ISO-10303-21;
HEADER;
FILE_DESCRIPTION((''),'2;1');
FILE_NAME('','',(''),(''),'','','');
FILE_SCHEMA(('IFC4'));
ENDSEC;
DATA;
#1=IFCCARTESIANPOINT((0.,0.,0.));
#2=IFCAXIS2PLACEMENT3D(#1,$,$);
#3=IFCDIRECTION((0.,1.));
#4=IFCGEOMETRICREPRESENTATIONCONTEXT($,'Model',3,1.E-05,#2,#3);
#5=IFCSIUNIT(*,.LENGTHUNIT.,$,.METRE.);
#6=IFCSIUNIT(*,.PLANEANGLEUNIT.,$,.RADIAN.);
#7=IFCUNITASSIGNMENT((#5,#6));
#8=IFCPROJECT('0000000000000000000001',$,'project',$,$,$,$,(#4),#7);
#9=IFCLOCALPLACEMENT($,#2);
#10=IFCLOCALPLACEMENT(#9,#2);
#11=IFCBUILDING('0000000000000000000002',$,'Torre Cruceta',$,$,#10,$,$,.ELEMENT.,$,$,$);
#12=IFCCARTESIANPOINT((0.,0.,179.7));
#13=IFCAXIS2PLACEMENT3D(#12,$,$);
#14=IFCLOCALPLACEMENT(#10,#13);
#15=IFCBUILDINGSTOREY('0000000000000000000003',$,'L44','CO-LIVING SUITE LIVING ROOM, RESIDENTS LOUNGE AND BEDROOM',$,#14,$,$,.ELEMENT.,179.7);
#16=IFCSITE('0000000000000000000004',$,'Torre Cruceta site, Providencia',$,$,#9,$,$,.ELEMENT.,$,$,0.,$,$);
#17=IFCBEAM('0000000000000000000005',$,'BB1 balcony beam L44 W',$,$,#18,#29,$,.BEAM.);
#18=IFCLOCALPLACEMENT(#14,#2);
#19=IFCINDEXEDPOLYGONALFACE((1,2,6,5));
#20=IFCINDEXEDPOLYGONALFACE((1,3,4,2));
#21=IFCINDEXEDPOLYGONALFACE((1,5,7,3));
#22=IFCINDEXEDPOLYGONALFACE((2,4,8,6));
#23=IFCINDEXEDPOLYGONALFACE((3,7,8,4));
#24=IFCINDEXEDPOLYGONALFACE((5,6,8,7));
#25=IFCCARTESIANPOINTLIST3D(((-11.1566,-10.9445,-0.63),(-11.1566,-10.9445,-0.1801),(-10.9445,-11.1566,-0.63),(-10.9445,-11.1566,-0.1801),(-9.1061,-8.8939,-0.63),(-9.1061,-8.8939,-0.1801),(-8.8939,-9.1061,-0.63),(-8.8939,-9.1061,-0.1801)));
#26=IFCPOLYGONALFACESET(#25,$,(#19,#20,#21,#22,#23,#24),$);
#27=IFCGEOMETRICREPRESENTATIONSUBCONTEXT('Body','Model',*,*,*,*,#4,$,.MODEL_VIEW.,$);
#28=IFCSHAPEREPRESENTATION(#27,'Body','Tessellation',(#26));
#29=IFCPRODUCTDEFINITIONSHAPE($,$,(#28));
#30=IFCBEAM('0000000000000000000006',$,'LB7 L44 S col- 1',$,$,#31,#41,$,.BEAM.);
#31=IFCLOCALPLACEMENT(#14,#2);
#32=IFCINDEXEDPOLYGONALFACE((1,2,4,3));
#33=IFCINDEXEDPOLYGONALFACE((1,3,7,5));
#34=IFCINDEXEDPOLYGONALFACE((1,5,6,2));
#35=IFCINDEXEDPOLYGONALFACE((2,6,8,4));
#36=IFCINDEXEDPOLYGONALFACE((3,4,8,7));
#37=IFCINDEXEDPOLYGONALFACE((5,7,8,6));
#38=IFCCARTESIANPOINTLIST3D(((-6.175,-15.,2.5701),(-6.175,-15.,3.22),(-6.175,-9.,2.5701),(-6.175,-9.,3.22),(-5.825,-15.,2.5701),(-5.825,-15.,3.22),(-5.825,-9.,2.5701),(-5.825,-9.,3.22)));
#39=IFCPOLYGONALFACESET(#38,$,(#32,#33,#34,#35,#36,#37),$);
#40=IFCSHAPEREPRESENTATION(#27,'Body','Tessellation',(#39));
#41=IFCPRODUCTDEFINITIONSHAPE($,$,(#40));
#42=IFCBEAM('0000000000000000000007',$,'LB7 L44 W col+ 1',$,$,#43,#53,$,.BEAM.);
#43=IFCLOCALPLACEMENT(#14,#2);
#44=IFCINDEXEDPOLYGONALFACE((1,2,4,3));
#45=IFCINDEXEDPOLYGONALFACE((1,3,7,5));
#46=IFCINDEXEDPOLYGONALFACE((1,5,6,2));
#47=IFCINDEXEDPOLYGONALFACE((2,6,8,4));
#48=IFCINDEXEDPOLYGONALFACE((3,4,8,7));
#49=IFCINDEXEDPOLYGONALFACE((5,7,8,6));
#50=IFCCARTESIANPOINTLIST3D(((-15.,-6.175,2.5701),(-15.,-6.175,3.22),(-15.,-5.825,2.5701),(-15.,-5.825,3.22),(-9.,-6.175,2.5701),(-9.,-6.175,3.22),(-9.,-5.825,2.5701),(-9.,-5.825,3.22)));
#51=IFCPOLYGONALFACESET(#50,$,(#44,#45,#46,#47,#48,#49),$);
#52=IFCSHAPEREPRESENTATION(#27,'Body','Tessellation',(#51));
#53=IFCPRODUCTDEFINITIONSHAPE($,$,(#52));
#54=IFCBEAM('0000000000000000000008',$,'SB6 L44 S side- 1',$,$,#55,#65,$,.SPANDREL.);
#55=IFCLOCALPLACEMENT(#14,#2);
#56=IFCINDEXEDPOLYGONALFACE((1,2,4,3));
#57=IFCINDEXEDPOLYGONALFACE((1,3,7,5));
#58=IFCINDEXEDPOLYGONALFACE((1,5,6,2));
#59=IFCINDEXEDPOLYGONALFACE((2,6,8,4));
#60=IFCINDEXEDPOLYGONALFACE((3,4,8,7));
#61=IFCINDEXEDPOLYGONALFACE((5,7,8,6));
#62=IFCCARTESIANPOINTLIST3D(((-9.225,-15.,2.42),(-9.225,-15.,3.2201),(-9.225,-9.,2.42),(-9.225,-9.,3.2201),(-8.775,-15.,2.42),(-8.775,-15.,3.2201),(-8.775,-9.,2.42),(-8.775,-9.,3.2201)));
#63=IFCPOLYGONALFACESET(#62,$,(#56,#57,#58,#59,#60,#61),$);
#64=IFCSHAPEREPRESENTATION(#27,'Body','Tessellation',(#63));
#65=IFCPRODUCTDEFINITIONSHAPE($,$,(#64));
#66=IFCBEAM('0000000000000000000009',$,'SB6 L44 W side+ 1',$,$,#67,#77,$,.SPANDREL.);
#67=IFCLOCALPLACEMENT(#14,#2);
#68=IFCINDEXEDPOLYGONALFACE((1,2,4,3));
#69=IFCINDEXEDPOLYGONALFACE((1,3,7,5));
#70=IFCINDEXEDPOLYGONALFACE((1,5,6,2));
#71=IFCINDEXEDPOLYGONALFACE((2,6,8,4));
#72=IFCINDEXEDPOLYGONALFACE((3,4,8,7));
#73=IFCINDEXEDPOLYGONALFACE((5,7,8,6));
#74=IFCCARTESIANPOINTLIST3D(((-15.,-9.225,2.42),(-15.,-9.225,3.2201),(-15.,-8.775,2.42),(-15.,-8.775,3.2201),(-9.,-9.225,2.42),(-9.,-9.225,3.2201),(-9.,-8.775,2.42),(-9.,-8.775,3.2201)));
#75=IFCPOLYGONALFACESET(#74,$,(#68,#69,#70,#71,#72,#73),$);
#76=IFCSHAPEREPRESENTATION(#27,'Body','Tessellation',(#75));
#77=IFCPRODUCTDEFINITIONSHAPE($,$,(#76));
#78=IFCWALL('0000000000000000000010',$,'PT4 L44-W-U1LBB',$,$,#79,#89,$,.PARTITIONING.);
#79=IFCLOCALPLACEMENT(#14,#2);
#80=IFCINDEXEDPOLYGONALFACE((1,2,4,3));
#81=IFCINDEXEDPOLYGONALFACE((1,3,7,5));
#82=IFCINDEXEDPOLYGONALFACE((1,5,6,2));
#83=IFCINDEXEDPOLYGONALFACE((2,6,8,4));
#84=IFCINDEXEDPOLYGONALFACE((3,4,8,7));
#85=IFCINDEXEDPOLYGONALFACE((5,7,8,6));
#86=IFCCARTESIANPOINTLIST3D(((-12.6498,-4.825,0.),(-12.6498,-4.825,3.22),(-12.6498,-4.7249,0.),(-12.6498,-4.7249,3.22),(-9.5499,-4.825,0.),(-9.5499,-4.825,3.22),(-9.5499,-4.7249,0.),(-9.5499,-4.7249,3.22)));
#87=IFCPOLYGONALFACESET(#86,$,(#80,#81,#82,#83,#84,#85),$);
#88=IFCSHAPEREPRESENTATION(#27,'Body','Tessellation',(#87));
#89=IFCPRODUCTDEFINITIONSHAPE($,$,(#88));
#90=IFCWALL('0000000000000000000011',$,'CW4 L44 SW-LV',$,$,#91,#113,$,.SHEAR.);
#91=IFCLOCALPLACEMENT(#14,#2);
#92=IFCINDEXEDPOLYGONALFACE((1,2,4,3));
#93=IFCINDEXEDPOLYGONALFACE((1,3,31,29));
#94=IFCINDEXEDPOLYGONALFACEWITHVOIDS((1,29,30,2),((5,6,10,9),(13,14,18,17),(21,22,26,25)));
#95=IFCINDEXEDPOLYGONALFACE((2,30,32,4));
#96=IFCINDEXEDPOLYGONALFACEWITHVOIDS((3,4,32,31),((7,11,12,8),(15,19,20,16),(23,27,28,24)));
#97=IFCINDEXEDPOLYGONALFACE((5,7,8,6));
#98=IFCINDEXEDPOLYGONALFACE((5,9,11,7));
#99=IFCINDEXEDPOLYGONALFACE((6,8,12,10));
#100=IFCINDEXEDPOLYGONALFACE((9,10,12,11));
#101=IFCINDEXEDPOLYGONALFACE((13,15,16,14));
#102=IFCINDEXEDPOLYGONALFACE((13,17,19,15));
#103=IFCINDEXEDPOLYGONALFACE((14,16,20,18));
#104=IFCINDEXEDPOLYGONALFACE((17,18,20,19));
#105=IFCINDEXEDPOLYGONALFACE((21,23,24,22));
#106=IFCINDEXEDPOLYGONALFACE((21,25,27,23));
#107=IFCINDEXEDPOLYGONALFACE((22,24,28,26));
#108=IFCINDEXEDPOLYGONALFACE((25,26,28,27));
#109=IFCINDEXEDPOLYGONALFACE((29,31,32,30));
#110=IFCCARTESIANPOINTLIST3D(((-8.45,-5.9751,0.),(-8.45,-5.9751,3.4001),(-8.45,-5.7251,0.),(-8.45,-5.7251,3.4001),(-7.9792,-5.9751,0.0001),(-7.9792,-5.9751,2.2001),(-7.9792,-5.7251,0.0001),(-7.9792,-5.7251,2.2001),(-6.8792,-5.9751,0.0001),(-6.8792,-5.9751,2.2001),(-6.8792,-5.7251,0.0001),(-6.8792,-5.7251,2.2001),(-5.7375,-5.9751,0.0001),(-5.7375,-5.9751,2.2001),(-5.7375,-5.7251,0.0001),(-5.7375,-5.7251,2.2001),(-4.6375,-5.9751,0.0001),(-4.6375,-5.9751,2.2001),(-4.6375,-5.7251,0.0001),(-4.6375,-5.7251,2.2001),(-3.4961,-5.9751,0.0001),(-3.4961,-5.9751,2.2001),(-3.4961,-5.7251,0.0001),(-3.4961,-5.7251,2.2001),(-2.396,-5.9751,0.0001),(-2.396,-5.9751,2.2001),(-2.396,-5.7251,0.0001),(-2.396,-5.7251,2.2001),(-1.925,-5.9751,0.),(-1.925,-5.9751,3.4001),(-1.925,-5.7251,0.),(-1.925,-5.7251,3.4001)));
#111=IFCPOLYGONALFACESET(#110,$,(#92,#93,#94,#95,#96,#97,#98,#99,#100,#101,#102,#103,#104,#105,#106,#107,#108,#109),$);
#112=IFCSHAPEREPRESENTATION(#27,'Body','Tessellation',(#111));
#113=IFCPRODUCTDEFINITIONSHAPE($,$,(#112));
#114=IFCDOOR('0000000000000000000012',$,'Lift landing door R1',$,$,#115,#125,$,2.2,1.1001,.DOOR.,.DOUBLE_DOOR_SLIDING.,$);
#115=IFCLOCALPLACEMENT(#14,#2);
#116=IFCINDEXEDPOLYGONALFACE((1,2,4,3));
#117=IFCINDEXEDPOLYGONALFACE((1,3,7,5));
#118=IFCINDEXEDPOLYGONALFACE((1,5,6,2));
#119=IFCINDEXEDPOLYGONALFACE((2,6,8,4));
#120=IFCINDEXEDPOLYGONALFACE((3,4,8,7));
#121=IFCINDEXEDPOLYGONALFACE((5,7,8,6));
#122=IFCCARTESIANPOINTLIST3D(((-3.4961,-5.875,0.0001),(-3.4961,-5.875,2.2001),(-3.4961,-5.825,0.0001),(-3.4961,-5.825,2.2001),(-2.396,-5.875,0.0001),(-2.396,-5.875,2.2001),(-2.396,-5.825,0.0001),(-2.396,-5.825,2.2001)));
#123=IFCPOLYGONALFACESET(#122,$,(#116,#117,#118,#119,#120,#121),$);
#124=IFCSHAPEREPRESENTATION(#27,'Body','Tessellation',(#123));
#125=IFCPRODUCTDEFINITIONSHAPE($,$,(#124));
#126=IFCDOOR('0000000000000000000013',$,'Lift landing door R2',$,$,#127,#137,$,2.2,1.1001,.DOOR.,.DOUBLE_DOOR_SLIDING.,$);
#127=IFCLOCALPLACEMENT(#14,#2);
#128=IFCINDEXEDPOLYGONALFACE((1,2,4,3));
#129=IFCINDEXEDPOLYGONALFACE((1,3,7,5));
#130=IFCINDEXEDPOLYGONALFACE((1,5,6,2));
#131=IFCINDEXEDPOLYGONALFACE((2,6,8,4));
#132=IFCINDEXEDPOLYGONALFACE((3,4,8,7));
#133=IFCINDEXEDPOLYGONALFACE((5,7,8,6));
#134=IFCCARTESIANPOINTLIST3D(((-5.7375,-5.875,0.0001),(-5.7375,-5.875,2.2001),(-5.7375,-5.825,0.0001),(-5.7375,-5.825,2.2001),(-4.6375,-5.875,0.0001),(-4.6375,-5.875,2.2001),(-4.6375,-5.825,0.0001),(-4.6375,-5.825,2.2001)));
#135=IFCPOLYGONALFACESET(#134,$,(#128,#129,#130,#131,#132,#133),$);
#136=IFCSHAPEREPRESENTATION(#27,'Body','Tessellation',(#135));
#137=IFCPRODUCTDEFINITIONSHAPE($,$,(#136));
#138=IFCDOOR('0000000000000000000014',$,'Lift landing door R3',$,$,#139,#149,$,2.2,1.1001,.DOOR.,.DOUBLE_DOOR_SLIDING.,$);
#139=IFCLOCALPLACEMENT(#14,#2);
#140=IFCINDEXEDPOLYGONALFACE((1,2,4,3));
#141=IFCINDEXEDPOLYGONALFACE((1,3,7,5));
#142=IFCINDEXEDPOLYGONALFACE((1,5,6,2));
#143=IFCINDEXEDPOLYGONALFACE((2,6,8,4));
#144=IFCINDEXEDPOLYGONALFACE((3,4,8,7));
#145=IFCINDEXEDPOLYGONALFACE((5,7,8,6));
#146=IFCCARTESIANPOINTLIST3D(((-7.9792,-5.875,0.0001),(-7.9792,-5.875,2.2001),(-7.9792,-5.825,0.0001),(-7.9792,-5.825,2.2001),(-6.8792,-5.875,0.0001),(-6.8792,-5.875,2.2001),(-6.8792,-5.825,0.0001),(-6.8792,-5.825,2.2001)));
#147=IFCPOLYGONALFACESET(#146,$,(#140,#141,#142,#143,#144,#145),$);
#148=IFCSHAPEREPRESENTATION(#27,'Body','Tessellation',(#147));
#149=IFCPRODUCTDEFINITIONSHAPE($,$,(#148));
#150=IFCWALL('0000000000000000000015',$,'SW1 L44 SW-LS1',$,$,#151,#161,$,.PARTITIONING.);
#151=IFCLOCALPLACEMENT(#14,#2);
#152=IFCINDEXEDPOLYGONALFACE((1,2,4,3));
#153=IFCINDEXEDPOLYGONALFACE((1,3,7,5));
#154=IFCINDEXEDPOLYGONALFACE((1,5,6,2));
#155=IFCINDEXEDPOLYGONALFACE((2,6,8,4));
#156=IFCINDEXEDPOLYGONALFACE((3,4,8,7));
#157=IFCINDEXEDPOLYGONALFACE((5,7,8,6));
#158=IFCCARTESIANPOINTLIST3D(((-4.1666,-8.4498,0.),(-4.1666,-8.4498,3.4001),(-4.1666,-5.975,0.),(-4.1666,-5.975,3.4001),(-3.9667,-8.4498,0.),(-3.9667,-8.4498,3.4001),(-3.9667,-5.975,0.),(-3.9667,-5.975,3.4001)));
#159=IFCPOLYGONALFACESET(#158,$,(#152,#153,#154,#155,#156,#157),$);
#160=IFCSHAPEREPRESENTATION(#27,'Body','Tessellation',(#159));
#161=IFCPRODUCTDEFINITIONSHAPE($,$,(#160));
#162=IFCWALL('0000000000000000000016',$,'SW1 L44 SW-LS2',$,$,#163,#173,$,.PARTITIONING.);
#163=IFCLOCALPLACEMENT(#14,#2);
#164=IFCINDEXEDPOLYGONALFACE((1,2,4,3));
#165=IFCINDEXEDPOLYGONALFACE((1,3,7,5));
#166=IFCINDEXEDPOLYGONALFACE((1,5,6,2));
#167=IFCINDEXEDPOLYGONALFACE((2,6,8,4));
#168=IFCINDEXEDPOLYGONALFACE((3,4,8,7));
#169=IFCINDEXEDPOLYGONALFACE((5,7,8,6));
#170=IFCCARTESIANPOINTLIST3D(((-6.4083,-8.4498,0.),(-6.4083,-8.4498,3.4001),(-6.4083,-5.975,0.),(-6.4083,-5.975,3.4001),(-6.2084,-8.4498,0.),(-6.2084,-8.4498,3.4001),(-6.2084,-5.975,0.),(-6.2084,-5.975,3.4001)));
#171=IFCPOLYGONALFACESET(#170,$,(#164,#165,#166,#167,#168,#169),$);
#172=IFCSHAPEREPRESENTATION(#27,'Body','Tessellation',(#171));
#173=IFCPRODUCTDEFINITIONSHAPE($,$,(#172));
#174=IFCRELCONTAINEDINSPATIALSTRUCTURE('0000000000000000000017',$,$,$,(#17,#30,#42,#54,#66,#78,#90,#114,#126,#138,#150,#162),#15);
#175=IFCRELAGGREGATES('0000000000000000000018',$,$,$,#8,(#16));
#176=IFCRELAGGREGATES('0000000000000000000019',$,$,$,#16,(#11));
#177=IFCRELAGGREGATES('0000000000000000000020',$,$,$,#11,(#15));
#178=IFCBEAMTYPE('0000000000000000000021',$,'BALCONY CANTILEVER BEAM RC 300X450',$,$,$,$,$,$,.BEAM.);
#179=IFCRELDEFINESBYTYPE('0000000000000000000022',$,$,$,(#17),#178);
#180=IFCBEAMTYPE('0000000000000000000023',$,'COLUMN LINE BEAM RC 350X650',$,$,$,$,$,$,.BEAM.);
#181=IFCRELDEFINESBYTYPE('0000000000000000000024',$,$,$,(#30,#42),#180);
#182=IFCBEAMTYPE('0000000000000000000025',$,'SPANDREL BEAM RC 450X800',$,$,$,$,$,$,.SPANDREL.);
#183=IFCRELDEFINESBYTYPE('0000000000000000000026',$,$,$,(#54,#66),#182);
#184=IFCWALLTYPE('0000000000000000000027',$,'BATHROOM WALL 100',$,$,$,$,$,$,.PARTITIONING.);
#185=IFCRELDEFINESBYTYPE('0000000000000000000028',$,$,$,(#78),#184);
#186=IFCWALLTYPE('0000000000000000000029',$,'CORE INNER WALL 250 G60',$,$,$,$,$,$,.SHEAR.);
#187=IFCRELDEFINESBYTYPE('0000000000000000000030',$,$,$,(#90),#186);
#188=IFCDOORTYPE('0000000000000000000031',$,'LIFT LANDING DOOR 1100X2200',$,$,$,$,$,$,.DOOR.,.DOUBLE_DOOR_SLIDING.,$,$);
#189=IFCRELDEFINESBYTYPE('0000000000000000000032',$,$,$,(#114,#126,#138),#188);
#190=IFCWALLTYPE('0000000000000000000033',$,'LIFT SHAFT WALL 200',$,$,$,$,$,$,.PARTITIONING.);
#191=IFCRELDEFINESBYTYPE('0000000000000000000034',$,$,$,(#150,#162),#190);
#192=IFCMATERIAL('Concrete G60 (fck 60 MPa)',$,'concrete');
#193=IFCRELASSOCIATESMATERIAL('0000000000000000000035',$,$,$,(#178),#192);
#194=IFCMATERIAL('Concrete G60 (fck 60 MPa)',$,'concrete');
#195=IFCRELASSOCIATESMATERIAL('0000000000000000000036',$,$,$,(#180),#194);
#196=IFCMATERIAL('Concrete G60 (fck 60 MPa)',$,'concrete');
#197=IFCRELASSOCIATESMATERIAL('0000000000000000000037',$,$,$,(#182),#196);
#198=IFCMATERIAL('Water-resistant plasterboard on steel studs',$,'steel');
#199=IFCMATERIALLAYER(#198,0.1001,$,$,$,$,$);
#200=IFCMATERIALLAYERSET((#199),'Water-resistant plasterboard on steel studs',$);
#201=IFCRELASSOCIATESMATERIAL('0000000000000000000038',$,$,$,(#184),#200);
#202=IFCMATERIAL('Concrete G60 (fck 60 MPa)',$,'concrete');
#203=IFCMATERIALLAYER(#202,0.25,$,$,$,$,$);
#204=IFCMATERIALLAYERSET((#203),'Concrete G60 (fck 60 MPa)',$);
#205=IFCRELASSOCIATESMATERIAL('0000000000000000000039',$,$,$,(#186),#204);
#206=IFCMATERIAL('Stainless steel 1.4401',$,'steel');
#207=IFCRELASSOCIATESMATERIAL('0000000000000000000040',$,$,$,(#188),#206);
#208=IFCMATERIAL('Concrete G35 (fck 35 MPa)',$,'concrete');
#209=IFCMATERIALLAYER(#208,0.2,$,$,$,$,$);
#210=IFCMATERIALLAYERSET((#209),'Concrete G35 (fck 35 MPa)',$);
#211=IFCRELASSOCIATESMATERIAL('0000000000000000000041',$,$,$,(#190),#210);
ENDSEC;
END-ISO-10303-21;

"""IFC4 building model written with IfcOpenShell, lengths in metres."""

from ifc_helpers import new_model, si_unit, direction, frame, frame_2d, origin, origin_2d, place, context, subcontext, project, spatial, rectangle, extrude, material, layer, layer_set, material_profile, profile_set, type_object, element, fill, save


model = new_model("IFC4")

# Units and contexts
model_context = context("Model", 3, precision=1e-05, world=origin(), true_north=direction((0.0, 1.0)))
body_context = subcontext(model_context, "Body", "Model", "MODEL_VIEW")
ifc_project = project(units=[si_unit("LENGTHUNIT", "METRE"), si_unit("PLANEANGLEUNIT", "RADIAN")], contexts=[model_context])

# Site, building, storey
site_placement = place(None, origin())
site = spatial("IfcSite", under=ifc_project, at=site_placement, Name="Torre Cruceta site, Providencia", CompositionType="ELEMENT", RefElevation=0.0)
building_placement = place(site_placement, origin())
building = spatial("IfcBuilding", under=site, at=building_placement, Name="Torre Cruceta", CompositionType="ELEMENT")
storey_placement = place(building_placement, frame((0.0, 0.0, 179.7)))
storey = spatial("IfcBuildingStorey", under=building, at=storey_placement, Name="L44", Description="CO-LIVING SUITE LIVING ROOM, RESIDENTS LOUNGE AND BEDROOM", CompositionType="ELEMENT", Elevation=179.7)

# Beams
ifc_material_1 = material(Name="Concrete G60 (fck 60 MPa)", Category="concrete")
ifc_material_profile_1 = material_profile(ifc_material_1, rectangle(XDim=0.3, YDim=0.45, at=origin_2d()), Name="RC 300X450")
ifc_profile_set_1 = profile_set([ifc_material_profile_1], Name="Concrete G60 (fck 60 MPa)")
beam_type_1 = type_object("IfcBeamType", Name="BALCONY CANTILEVER BEAM RC 300X450", PredefinedType="BEAM", material=ifc_profile_set_1)
beam_placement = place(storey_placement, frame((-9.0, -9.0, -0.405), z_axis=(-0.707107, -0.707107, 0.0), x_axis=(0.707107, -0.707107, 0.0)))
element("IfcBeam", 1, at=beam_placement, inside=storey, type_object=beam_type_1, Name="BB1 balcony beam L44 W", PredefinedType="BEAM", context=body_context, shape_type="SweptSolid", body=[
    extrude(rectangle(XDim=0.3, YDim=0.45, at=origin_2d()), origin(), (0.0, 0.0, 1.0), 2.8999),
])
ifc_material_2 = material(Name="Concrete G60 (fck 60 MPa)", Category="concrete")
ifc_material_profile_2 = material_profile(ifc_material_2, rectangle(XDim=0.3501, YDim=0.6499, at=origin_2d()), Name="RC 350X650")
ifc_profile_set_2 = profile_set([ifc_material_profile_2], Name="Concrete G60 (fck 60 MPa)")
beam_type_2 = type_object("IfcBeamType", Name="COLUMN LINE BEAM RC 350X650", PredefinedType="BEAM", material=ifc_profile_set_2)
for number, where, z_axis, x_axis, name in (
    (2, (-6.0, -9.0, 2.895), (0.0, -1.0, 0.0), (1.0, 0.0, 0.0), "LB7 L44 S col- 1"),
    (3, (-9.0, -6.0, 2.895), (-1.0, 0.0, 0.0), (0.0, -1.0, 0.0), "LB7 L44 W col+ 1"),
):
    element("IfcBeam", number, at=place(storey_placement, frame(where, z_axis=z_axis, x_axis=x_axis)), inside=storey, type_object=beam_type_2, Name=name, PredefinedType="BEAM", context=body_context, shape_type="SweptSolid", body=[
        extrude(rectangle(XDim=0.3501, YDim=0.6499, at=origin_2d()), origin(), (0.0, 0.0, 1.0), 6.0),
    ])
ifc_material_3 = material(Name="Concrete G60 (fck 60 MPa)", Category="concrete")
ifc_material_profile_3 = material_profile(ifc_material_3, rectangle(XDim=0.45, YDim=0.8, at=origin_2d()), Name="RC 450X800")
ifc_profile_set_3 = profile_set([ifc_material_profile_3], Name="Concrete G60 (fck 60 MPa)")
beam_type_3 = type_object("IfcBeamType", Name="SPANDREL BEAM RC 450X800", PredefinedType="SPANDREL", material=ifc_profile_set_3)
for number, where, z_axis, x_axis, name in (
    (4, (-9.0, -9.0, 2.8201), (0.0, -1.0, 0.0), (1.0, 0.0, 0.0), "SB6 L44 S side- 1"),
    (5, (-9.0, -9.0, 2.8201), (-1.0, 0.0, 0.0), (0.0, -1.0, 0.0), "SB6 L44 W side+ 1"),
):
    element("IfcBeam", number, at=place(storey_placement, frame(where, z_axis=z_axis, x_axis=x_axis)), inside=storey, type_object=beam_type_3, Name=name, PredefinedType="SPANDREL", context=body_context, shape_type="SweptSolid", body=[
        extrude(rectangle(XDim=0.45, YDim=0.8, at=origin_2d()), origin(), (0.0, 0.0, 1.0), 6.0),
    ])

# Wall
ifc_material_4 = material(Name="Water-resistant plasterboard on steel studs", Category="steel")
ifc_layer_1 = layer(ifc_material_4, 0.1001)
ifc_layer_set_1 = layer_set([ifc_layer_1], Name="Water-resistant plasterboard on steel studs")
wall_type_1 = type_object("IfcWallType", Name="BATHROOM WALL 100", PredefinedType="PARTITIONING", material=ifc_layer_set_1)
wall_1_placement = place(storey_placement, frame((-9.55, -4.7749, 0.0), z_axis=(0.0, 0.0, 1.0), x_axis=(-1.0, 0.0, 0.0)))
element("IfcWall", 6, at=wall_1_placement, inside=storey, type_object=wall_type_1, Name="PT4 L44-W-U1LBB", PredefinedType="PARTITIONING", context=body_context, shape_type="SweptSolid", body=[
    extrude(rectangle(XDim=3.0999, YDim=0.1001, at=frame_2d((1.5498, 0.0))), origin(), (0.0, 0.0, 1.0), 3.22),
])

# Wall, openings, doors
ifc_material_5 = material(Name="Concrete G60 (fck 60 MPa)", Category="concrete")
ifc_layer_2 = layer(ifc_material_5, 0.25)
ifc_layer_set_2 = layer_set([ifc_layer_2], Name="Concrete G60 (fck 60 MPa)")
wall_type_2 = type_object("IfcWallType", Name="CORE INNER WALL 250 G60", PredefinedType="SHEAR", material=ifc_layer_set_2)
wall_2_placement = place(storey_placement, frame((-1.925, -5.8501, 0.0), z_axis=(0.0, 0.0, 1.0), x_axis=(-1.0, 0.0, 0.0)))
wall_2 = element("IfcWall", 7, at=wall_2_placement, inside=storey, type_object=wall_type_2, Name="CW4 L44 SW-LV", PredefinedType="SHEAR", context=body_context, shape_type="SweptSolid", body=[
    extrude(rectangle(XDim=6.5249, YDim=0.25, at=frame_2d((3.2625, 0.0))), origin(), (0.0, 0.0, 1.0), 3.4001),
])
opening_1_placement = place(wall_2_placement, frame((0.4709, 0.0, 0.0)))
opening_1 = element("IfcOpeningElement", 8, at=opening_1_placement, cuts=wall_2, PredefinedType="OPENING", context=body_context, shape_type="SweptSolid", body=[
    extrude(rectangle(XDim=1.1001, YDim=2.2, at=frame_2d((0.55, 1.1001))), frame((0.0, 0.135, 0.0), z_axis=(0.0, -1.0, 0.0), x_axis=(1.0, 0.0, 0.0)), (0.0, 0.0, 1.0), 0.27),
])
opening_2_placement = place(wall_2_placement, frame((2.7124, 0.0, 0.0)))
opening_2 = element("IfcOpeningElement", 9, at=opening_2_placement, cuts=wall_2, PredefinedType="OPENING", context=body_context, shape_type="SweptSolid", body=[
    extrude(rectangle(XDim=1.1001, YDim=2.2, at=frame_2d((0.55, 1.1001))), frame((0.0, 0.135, 0.0), z_axis=(0.0, -1.0, 0.0), x_axis=(1.0, 0.0, 0.0)), (0.0, 0.0, 1.0), 0.27),
])
opening_3_placement = place(wall_2_placement, frame((4.9541, 0.0, 0.0)))
opening_3 = element("IfcOpeningElement", 10, at=opening_3_placement, cuts=wall_2, PredefinedType="OPENING", context=body_context, shape_type="SweptSolid", body=[
    extrude(rectangle(XDim=1.1001, YDim=2.2, at=frame_2d((0.55, 1.1001))), frame((0.0, 0.135, 0.0), z_axis=(0.0, -1.0, 0.0), x_axis=(1.0, 0.0, 0.0)), (0.0, 0.0, 1.0), 0.27),
])
ifc_material_6 = material(Name="Stainless steel 1.4401", Category="steel")
door_type_1 = type_object("IfcDoorType", Name="LIFT LANDING DOOR 1100X2200", OperationType="DOUBLE_DOOR_SLIDING", PredefinedType="DOOR", material=ifc_material_6)
door_1_placement = place(opening_1_placement, origin())
door_1 = element("IfcDoor", 11, at=door_1_placement, inside=storey, type_object=door_type_1, Name="Lift landing door R1", OperationType="DOUBLE_DOOR_SLIDING", OverallHeight=2.2, OverallWidth=1.1001, PredefinedType="DOOR", context=body_context, shape_type="SweptSolid", body=[
    extrude(rectangle(XDim=1.1001, YDim=2.2, at=frame_2d((0.55, 1.1001))), frame((0.0, 0.0249, 0.0), z_axis=(0.0, -1.0, 0.0), x_axis=(1.0, 0.0, 0.0)), (0.0, 0.0, 1.0), 0.05),
])
fill(opening_1, door_1)
door_2_placement = place(opening_2_placement, origin())
door_2 = element("IfcDoor", 12, at=door_2_placement, inside=storey, type_object=door_type_1, Name="Lift landing door R2", OperationType="DOUBLE_DOOR_SLIDING", OverallHeight=2.2, OverallWidth=1.1001, PredefinedType="DOOR", context=body_context, shape_type="SweptSolid", body=[
    extrude(rectangle(XDim=1.1001, YDim=2.2, at=frame_2d((0.55, 1.1001))), frame((0.0, 0.0249, 0.0), z_axis=(0.0, -1.0, 0.0), x_axis=(1.0, 0.0, 0.0)), (0.0, 0.0, 1.0), 0.05),
])
fill(opening_2, door_2)
door_3_placement = place(opening_3_placement, origin())
door_3 = element("IfcDoor", 13, at=door_3_placement, inside=storey, type_object=door_type_1, Name="Lift landing door R3", OperationType="DOUBLE_DOOR_SLIDING", OverallHeight=2.2, OverallWidth=1.1001, PredefinedType="DOOR", context=body_context, shape_type="SweptSolid", body=[
    extrude(rectangle(XDim=1.1001, YDim=2.2, at=frame_2d((0.55, 1.1001))), frame((0.0, 0.0249, 0.0), z_axis=(0.0, -1.0, 0.0), x_axis=(1.0, 0.0, 0.0)), (0.0, 0.0, 1.0), 0.05),
])
fill(opening_3, door_3)

# Walls
ifc_material_7 = material(Name="Concrete G35 (fck 35 MPa)", Category="concrete")
ifc_layer_3 = layer(ifc_material_7, 0.2)
ifc_layer_set_3 = layer_set([ifc_layer_3], Name="Concrete G35 (fck 35 MPa)")
wall_type_3 = type_object("IfcWallType", Name="LIFT SHAFT WALL 200", PredefinedType="PARTITIONING", material=ifc_layer_set_3)
for number, where, z_axis, x_axis, name in (
    (14, (-4.0667, -5.9751, 0.0), (0.0, 0.0, 1.0), (0.0, -1.0, 0.0), "SW1 L44 SW-LS1"),
    (15, (-6.3083, -5.9751, 0.0), (0.0, 0.0, 1.0), (0.0, -1.0, 0.0), "SW1 L44 SW-LS2"),
):
    element("IfcWall", number, at=place(storey_placement, frame(where, z_axis=z_axis, x_axis=x_axis)), inside=storey, type_object=wall_type_3, Name=name, PredefinedType="PARTITIONING", context=body_context, shape_type="SweptSolid", body=[
        extrude(rectangle(XDim=2.4749, YDim=0.2, at=frame_2d((1.2373, 0.0))), origin(), (0.0, 0.0, 1.0), 3.4001),
    ])

save(model, "model.ifc")
